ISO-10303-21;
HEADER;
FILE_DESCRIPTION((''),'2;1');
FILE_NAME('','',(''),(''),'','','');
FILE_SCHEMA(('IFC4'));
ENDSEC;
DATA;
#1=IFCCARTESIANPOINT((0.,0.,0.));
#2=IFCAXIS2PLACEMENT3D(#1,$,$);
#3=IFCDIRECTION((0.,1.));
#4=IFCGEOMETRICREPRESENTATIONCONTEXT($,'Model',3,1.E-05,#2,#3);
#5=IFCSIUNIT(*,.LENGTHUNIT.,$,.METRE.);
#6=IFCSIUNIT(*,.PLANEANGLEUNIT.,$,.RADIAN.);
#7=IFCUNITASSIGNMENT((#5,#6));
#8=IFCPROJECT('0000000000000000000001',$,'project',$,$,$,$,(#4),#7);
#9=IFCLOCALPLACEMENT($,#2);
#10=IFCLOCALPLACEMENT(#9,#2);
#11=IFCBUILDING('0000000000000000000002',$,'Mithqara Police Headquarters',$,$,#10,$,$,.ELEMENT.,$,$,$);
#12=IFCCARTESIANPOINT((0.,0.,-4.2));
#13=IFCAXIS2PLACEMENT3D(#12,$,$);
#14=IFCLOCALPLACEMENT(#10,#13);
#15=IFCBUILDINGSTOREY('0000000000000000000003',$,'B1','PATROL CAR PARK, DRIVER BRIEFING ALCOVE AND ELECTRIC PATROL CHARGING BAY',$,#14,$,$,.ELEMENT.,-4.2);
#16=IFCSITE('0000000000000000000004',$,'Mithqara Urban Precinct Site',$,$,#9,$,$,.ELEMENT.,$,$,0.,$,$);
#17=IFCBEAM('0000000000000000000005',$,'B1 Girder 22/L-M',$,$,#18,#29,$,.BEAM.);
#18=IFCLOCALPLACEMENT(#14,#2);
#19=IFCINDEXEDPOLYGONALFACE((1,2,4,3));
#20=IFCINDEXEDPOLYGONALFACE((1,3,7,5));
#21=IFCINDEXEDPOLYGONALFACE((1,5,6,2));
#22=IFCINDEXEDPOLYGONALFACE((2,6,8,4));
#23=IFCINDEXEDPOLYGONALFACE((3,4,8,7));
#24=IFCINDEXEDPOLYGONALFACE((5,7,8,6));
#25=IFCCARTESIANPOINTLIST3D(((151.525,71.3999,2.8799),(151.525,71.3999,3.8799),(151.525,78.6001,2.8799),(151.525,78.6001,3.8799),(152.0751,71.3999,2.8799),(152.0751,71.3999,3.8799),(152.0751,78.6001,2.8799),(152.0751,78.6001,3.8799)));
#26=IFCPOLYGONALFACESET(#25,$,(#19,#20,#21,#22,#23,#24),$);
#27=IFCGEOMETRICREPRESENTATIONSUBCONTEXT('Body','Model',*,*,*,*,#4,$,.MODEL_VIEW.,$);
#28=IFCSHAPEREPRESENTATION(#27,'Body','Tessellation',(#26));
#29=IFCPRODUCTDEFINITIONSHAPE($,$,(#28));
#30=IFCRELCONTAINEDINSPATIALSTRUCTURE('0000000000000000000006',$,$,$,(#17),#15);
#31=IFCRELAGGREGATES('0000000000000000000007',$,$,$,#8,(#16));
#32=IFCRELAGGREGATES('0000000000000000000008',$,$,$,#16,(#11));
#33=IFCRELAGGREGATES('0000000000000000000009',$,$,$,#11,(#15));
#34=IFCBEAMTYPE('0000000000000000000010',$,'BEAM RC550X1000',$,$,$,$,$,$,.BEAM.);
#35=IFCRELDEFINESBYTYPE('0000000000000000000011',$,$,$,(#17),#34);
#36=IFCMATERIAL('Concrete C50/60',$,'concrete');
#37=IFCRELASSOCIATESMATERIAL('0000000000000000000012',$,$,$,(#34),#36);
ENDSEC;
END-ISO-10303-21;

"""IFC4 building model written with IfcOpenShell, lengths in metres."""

from ifc_helpers import new_model, si_unit, direction, frame, origin, origin_2d, place, context, subcontext, project, spatial, rectangle, extrude, material, material_profile, profile_set, type_object, element, save


model = new_model("IFC4")

# Units and contexts
model_context = context("Model", 3, precision=1e-05, world=origin(), true_north=direction((0.0, 1.0)))
body_context = subcontext(model_context, "Body", "Model", "MODEL_VIEW")
ifc_project = project(units=[si_unit("LENGTHUNIT", "METRE"), si_unit("PLANEANGLEUNIT", "RADIAN")], contexts=[model_context])

# Site, building, storey
site_placement = place(None, origin())
site = spatial("IfcSite", under=ifc_project, at=site_placement, Name="Mithqara Urban Precinct Site", CompositionType="ELEMENT", RefElevation=0.0)
building_placement = place(site_placement, origin())
building = spatial("IfcBuilding", under=site, at=building_placement, Name="Mithqara Police Headquarters", CompositionType="ELEMENT")
storey_placement = place(building_placement, frame((0.0, 0.0, -4.2)))
storey = spatial("IfcBuildingStorey", under=building, at=storey_placement, Name="B1", Description="PATROL CAR PARK, DRIVER BRIEFING ALCOVE AND ELECTRIC PATROL CHARGING BAY", CompositionType="ELEMENT", Elevation=-4.2)

# Shared definitions
ifc_material_1 = material(Name="Concrete C50/60", Category="concrete")

# Beam
ifc_material_profile_1 = material_profile(ifc_material_1, rectangle(XDim=0.55, YDim=1.0, at=origin_2d()), Name="RC 550x1000")
ifc_profile_set_1 = profile_set([ifc_material_profile_1], Name="Concrete C50/60")
beam_type_1 = type_object("IfcBeamType", Name="BEAM RC550X1000", PredefinedType="BEAM", material=ifc_profile_set_1)
beam_1_placement = place(storey_placement, frame((151.8, 71.3999, 3.3799), z_axis=(0.0, 1.0, 0.0), x_axis=(-1.0, 0.0, 0.0)))
element("IfcBeam", 1, at=beam_1_placement, inside=storey, type_object=beam_type_1, Name="B1 Girder 22/L-M", PredefinedType="BEAM", context=body_context, shape_type="SweptSolid", body=[
    extrude(rectangle(XDim=0.55, YDim=1.0, at=origin_2d()), origin(), (0.0, 0.0, 1.0), 7.2002),
])

save(model, "model.ifc")
